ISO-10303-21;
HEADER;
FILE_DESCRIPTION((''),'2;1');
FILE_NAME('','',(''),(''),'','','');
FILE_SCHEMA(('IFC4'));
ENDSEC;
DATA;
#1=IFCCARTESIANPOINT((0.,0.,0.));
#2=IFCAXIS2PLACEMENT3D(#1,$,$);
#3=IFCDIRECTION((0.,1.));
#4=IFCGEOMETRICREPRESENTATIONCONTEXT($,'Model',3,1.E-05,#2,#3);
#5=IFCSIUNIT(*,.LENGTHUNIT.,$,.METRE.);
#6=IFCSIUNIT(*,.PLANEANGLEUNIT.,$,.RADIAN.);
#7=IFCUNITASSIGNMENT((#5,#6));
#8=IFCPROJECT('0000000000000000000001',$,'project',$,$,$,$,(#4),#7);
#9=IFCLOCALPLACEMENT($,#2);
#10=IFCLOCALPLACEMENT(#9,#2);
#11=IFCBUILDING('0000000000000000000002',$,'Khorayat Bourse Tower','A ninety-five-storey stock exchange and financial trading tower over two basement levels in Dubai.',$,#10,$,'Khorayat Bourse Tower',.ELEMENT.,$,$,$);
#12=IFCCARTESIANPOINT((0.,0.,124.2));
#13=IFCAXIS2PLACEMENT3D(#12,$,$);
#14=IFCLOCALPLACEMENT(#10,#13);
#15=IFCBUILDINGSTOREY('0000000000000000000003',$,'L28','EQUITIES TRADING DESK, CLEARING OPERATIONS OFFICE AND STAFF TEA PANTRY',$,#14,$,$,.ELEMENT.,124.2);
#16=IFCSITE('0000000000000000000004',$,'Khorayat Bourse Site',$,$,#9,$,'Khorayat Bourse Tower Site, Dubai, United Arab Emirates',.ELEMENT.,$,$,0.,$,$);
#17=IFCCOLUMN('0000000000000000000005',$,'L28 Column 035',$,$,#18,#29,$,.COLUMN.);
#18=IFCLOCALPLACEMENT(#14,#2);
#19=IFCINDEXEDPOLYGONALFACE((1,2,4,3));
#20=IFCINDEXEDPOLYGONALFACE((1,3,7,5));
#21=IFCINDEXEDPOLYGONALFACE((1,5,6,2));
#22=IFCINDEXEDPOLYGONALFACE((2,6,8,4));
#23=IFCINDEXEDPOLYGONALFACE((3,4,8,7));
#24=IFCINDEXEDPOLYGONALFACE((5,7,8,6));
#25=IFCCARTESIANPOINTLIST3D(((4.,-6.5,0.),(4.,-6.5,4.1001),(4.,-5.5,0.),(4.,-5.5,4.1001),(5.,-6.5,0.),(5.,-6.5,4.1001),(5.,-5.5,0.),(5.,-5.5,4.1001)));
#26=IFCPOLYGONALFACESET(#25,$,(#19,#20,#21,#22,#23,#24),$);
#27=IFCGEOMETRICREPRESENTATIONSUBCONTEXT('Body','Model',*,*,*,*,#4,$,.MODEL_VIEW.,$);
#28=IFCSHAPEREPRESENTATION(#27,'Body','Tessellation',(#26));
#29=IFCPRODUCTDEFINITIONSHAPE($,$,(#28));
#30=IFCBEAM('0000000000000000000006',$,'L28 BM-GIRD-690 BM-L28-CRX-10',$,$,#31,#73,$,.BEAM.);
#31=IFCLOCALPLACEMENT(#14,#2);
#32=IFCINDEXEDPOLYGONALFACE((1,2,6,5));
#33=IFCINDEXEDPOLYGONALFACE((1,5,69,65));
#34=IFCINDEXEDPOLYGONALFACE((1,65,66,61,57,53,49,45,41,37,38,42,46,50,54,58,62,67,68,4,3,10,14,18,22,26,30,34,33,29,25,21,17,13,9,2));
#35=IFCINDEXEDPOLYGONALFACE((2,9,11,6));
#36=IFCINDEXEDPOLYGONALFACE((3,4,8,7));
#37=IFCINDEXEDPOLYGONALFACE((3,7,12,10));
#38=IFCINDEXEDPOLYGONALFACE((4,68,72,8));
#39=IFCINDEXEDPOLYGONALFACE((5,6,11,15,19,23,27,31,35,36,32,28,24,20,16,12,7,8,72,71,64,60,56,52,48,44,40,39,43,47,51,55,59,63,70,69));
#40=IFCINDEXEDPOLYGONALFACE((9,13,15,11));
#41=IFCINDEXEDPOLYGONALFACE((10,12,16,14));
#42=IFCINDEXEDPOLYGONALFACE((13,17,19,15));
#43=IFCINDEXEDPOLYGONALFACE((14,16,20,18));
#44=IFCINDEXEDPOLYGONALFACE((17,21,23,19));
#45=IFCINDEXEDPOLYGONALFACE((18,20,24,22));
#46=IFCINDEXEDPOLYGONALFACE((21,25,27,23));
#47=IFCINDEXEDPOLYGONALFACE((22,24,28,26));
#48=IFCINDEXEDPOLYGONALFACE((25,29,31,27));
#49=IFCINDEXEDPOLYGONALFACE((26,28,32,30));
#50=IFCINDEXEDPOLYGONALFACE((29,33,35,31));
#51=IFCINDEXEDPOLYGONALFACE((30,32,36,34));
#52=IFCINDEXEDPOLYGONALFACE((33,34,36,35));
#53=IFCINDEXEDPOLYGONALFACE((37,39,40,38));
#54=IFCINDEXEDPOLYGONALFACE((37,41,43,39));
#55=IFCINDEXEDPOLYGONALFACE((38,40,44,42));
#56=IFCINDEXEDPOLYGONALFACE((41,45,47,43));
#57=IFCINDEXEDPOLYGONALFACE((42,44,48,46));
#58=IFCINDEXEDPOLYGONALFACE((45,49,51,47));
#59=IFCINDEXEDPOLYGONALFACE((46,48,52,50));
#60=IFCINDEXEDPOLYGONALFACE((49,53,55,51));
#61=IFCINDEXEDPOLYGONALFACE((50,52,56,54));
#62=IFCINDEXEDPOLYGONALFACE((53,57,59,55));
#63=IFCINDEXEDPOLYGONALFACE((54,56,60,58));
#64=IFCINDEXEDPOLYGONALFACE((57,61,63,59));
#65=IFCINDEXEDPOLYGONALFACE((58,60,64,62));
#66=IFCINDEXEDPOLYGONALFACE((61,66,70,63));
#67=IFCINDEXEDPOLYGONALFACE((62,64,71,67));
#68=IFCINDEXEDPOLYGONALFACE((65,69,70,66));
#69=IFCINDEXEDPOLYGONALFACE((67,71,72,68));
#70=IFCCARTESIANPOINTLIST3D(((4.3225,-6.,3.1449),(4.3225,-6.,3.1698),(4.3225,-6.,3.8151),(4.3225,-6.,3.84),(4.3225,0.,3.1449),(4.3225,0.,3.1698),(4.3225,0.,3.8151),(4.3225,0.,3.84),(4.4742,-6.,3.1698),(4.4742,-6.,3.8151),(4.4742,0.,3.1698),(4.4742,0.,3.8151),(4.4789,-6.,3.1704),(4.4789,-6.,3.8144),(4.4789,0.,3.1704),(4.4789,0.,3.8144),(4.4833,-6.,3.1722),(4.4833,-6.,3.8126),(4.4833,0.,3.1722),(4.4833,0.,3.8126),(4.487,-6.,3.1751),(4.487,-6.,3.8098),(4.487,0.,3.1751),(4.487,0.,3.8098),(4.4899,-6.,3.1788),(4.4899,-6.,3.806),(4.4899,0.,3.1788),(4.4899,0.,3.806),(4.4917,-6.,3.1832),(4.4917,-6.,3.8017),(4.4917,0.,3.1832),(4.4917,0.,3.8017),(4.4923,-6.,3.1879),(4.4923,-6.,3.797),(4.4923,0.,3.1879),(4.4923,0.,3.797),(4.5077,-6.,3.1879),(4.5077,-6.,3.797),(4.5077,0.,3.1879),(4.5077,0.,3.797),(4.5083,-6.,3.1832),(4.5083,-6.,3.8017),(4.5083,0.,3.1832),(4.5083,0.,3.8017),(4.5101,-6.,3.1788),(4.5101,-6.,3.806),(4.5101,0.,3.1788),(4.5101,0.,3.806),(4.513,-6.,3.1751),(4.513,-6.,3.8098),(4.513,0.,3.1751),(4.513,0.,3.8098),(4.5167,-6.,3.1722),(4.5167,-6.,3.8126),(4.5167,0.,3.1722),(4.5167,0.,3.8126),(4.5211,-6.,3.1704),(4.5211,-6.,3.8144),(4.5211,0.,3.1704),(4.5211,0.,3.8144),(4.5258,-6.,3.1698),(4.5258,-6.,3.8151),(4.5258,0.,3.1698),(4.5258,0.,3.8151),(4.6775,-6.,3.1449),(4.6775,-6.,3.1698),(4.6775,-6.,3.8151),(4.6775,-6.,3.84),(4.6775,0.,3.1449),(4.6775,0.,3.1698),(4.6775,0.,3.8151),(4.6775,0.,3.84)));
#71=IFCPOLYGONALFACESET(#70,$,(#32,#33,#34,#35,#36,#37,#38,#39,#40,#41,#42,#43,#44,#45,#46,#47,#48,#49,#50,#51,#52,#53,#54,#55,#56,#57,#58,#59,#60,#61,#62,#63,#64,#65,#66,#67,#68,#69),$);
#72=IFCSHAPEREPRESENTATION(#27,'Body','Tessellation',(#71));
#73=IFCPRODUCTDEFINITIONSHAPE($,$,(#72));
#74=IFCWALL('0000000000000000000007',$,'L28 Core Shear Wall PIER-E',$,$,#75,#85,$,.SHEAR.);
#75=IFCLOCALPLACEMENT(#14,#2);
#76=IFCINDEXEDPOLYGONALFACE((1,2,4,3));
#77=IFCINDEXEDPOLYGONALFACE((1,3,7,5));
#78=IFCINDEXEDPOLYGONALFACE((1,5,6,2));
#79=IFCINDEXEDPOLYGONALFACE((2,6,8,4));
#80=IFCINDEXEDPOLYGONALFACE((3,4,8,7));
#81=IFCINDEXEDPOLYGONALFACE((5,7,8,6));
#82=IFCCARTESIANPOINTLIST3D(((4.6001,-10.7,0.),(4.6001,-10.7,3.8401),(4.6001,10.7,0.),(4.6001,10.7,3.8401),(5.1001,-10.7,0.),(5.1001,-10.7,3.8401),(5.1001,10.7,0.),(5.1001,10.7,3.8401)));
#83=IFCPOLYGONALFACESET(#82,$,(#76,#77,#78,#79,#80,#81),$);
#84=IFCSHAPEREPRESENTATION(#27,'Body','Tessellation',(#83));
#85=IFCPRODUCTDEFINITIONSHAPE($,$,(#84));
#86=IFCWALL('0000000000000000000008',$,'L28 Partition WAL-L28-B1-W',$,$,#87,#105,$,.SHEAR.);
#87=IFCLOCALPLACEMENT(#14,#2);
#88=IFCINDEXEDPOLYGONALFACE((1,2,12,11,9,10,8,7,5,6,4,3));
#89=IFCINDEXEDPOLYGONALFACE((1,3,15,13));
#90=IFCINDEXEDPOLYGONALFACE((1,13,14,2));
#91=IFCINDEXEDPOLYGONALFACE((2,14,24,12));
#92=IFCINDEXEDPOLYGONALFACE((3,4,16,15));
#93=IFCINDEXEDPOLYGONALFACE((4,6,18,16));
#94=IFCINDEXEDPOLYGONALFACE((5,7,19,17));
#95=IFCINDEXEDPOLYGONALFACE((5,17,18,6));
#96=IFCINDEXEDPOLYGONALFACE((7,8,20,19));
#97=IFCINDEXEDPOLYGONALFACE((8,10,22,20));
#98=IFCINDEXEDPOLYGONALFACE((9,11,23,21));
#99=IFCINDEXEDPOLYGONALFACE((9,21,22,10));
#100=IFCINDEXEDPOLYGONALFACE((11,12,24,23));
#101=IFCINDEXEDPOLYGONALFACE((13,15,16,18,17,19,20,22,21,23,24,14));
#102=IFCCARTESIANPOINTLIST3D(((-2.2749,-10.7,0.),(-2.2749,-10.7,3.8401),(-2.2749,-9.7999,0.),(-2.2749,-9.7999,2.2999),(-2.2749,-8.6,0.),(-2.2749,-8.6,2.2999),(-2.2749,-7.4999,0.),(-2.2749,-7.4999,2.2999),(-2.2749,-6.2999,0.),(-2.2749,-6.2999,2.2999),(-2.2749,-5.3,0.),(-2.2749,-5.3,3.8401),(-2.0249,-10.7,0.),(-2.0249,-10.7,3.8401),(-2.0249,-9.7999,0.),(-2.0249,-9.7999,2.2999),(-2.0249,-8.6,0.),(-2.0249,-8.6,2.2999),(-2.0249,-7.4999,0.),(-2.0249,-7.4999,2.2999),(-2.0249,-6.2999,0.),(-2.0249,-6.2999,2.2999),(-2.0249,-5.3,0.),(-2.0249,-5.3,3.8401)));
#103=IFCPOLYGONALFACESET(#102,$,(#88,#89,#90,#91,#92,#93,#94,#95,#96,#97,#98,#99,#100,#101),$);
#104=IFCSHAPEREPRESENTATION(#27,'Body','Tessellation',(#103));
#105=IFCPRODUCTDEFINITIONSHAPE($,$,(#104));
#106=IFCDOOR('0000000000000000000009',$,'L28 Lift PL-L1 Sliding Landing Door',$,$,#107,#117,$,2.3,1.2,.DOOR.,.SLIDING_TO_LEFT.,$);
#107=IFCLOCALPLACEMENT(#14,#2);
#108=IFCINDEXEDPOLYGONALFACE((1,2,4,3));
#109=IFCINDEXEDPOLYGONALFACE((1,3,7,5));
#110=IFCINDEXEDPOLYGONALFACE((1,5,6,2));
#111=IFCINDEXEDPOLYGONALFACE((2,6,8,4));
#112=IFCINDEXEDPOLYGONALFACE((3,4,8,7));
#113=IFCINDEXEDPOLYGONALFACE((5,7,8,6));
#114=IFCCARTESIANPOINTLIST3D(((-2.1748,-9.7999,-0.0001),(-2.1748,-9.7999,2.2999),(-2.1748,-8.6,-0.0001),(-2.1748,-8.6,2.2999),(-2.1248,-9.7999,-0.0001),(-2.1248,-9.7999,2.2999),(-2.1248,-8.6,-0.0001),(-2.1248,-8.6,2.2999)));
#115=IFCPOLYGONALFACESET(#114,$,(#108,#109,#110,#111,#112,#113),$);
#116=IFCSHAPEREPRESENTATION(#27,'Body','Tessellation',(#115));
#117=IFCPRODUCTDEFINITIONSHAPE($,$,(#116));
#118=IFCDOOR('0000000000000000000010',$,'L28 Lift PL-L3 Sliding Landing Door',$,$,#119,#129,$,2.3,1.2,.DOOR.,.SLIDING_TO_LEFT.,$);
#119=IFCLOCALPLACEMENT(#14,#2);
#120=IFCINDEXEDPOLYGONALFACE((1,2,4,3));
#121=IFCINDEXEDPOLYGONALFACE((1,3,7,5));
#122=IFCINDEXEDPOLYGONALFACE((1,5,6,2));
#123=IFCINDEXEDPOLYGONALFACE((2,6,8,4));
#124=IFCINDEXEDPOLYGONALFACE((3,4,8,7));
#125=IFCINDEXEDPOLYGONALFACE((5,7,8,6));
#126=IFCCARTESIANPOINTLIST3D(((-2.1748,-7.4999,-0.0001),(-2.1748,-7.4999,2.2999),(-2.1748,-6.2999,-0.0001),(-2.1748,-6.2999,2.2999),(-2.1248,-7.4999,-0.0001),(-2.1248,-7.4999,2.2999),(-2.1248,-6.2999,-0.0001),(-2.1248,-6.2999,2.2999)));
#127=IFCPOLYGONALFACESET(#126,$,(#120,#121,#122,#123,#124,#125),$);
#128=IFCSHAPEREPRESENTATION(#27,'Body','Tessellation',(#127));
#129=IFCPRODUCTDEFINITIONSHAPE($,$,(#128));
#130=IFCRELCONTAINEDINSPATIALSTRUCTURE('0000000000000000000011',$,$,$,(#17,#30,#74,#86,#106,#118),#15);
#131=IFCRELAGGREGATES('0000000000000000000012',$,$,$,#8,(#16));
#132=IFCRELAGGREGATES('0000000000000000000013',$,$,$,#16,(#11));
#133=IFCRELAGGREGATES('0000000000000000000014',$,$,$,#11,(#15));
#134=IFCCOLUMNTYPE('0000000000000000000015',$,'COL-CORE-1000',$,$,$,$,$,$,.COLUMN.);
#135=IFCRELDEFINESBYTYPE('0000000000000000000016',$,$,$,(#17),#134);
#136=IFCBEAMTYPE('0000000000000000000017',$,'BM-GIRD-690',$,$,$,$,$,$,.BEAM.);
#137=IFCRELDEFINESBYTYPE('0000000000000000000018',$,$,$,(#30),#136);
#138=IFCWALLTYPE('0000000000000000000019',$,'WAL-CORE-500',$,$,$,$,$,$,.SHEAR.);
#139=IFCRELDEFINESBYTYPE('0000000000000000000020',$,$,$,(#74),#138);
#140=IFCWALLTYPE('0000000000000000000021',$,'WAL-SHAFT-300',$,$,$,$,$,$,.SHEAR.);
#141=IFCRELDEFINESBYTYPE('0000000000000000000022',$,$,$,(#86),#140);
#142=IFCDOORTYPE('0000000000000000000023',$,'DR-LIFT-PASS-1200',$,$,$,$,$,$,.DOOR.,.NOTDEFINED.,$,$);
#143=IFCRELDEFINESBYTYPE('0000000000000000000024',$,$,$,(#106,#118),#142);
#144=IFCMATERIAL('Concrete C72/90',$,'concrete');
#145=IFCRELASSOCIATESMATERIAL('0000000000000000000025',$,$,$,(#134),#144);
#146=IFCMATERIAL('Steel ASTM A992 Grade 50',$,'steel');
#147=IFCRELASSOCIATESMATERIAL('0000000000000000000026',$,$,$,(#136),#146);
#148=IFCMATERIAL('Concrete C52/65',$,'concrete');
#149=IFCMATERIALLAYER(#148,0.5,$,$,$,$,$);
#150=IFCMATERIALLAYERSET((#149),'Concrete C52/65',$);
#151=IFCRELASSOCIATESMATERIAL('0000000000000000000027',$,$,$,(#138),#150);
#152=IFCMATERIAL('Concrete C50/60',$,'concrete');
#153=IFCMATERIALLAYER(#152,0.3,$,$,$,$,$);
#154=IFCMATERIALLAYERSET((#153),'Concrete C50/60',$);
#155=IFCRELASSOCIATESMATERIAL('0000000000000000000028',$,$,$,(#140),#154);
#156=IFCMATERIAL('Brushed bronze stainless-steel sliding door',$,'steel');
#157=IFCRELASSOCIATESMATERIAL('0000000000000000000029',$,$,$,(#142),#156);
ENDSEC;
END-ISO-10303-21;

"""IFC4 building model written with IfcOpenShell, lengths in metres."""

from ifc_helpers import new_model, si_unit, direction, frame, frame_2d, origin, origin_2d, place, context, subcontext, project, spatial, rectangle, i_section, extrude, source, transform, mapped, material, layer, layer_set, material_profile, profile_set, type_object, element, fill, save


model = new_model("IFC4")

# Units and contexts
model_context = context("Model", 3, precision=1e-05, world=origin(), true_north=direction((0.0, 1.0)))
body_context = subcontext(model_context, "Body", "Model", "MODEL_VIEW")
ifc_project = project(units=[si_unit("LENGTHUNIT", "METRE"), si_unit("PLANEANGLEUNIT", "RADIAN")], contexts=[model_context])

# Site, building, storey
site_placement = place(None, origin())
site = spatial("IfcSite", under=ifc_project, at=site_placement, Name="Khorayat Bourse Site", LongName="Khorayat Bourse Tower Site, Dubai, United Arab Emirates", CompositionType="ELEMENT", RefElevation=0.0)
building_placement = place(site_placement, origin())
building = spatial("IfcBuilding", under=site, at=building_placement, Name="Khorayat Bourse Tower", Description="A ninety-five-storey stock exchange and financial trading tower over two basement levels in Dubai.", LongName="Khorayat Bourse Tower", CompositionType="ELEMENT")
storey_placement = place(building_placement, frame((0.0, 0.0, 124.2)))
storey = spatial("IfcBuildingStorey", under=building, at=storey_placement, Name="L28", Description="EQUITIES TRADING DESK, CLEARING OPERATIONS OFFICE AND STAFF TEA PANTRY", CompositionType="ELEMENT", Elevation=124.2)

# Column
ifc_material_1 = material(Name="Concrete C72/90", Category="concrete")
ifc_material_profile_1 = material_profile(ifc_material_1, rectangle(XDim=1.0, YDim=1.0, at=origin_2d()), Name="RC 1000x1000")
ifc_profile_set_1 = profile_set([ifc_material_profile_1], Name="Concrete C72/90")
column_type = type_object("IfcColumnType", Name="COL-CORE-1000", PredefinedType="COLUMN", material=ifc_profile_set_1)
shared_shape_1 = source(origin(), body_context, "Body", "SweptSolid", [
    extrude(rectangle(XDim=1.0, YDim=1.0, at=origin_2d()), origin(), (0.0, 0.0, 1.0), 4.1001),
])
column_placement = place(storey_placement, frame((4.5, -6.0, 0.0), z_axis=(0.0, 0.0, 1.0), x_axis=(1.0, 0.0, 0.0)))
element("IfcColumn", 1, at=column_placement, inside=storey, type_object=column_type, Name="L28 Column 035", PredefinedType="COLUMN", context=body_context, shape_type="MappedRepresentation", body=[
    mapped(shared_shape_1, transform((0.0, 0.0, 0.0), scale=1.0)),
])

# Beam
ifc_material_2 = material(Name="Steel ASTM A992 Grade 50", Category="steel")
ifc_material_profile_2 = material_profile(ifc_material_2, i_section(OverallWidth=0.355, OverallDepth=0.6951, WebThickness=0.0154, FlangeThickness=0.0249, FilletRadius=0.0181, at=origin_2d()), Name="W690X217")
ifc_profile_set_2 = profile_set([ifc_material_profile_2], Name="Steel ASTM A992 Grade 50")
beam_type = type_object("IfcBeamType", Name="BM-GIRD-690", PredefinedType="BEAM", material=ifc_profile_set_2)
shared_shape_2 = source(origin(), body_context, "Body", "SweptSolid", [
    extrude(i_section(OverallWidth=0.355, OverallDepth=0.6951, WebThickness=0.0154, FlangeThickness=0.0249, FilletRadius=0.0181, at=origin_2d()), origin(), (0.0, 0.0, 1.0), 6.0),
])
beam_placement = place(storey_placement, frame((4.5, -6.0, 3.4924), z_axis=(0.0, 1.0, 0.0), x_axis=(-1.0, 0.0, 0.0)))
element("IfcBeam", 2, at=beam_placement, inside=storey, type_object=beam_type, Name="L28 BM-GIRD-690 BM-L28-CRX-10", PredefinedType="BEAM", context=body_context, shape_type="MappedRepresentation", body=[
    mapped(shared_shape_2, transform((0.0, 0.0, 0.0), scale=1.0)),
])

# Wall
ifc_material_3 = material(Name="Concrete C52/65", Category="concrete")
ifc_layer_1 = layer(ifc_material_3, 0.5)
ifc_layer_set_1 = layer_set([ifc_layer_1], Name="Concrete C52/65")
wall_type_1 = type_object("IfcWallType", Name="WAL-CORE-500", PredefinedType="SHEAR", material=ifc_layer_set_1)
shared_shape_3 = source(origin(), body_context, "Body", "SweptSolid", [
    extrude(rectangle(XDim=21.3999, YDim=0.5, at=frame_2d((10.7, 0.0))), origin(), (0.0, 0.0, 1.0), 3.8401),
])
wall_1_placement = place(storey_placement, frame((4.8501, -10.7, 0.0), z_axis=(0.0, 0.0, 1.0), x_axis=(0.0, 1.0, 0.0)))
element("IfcWall", 3, at=wall_1_placement, inside=storey, type_object=wall_type_1, Name="L28 Core Shear Wall PIER-E", PredefinedType="SHEAR", context=body_context, shape_type="MappedRepresentation", body=[
    mapped(shared_shape_3, transform((0.0, 0.0, 0.0), scale=1.0)),
])

# Wall, openings, doors
ifc_material_4 = material(Name="Concrete C50/60", Category="concrete")
ifc_layer_2 = layer(ifc_material_4, 0.3)
ifc_layer_set_2 = layer_set([ifc_layer_2], Name="Concrete C50/60")
wall_type_2 = type_object("IfcWallType", Name="WAL-SHAFT-300", PredefinedType="SHEAR", material=ifc_layer_set_2)
shared_shape_4 = source(origin(), body_context, "Body", "SweptSolid", [
    extrude(rectangle(XDim=5.3999, YDim=0.25, at=frame_2d((2.7, 0.0))), origin(), (0.0, 0.0, 1.0), 3.8401),
])
wall_2_placement = place(storey_placement, frame((-2.1499, -10.7, 0.0), z_axis=(0.0, 0.0, 1.0), x_axis=(0.0, 1.0, 0.0)))
wall_2 = element("IfcWall", 4, at=wall_2_placement, inside=storey, type_object=wall_type_2, Name="L28 Partition WAL-L28-B1-W", PredefinedType="SHEAR", context=body_context, shape_type="MappedRepresentation", body=[
    mapped(shared_shape_4, transform((0.0, 0.0, 0.0), scale=1.0)),
])
shared_shape_5 = source(origin(), body_context, "Body", "SweptSolid", [
    extrude(rectangle(XDim=1.2, YDim=2.3, at=frame_2d((0.6001, 1.1499))), frame((0.0, 0.135, 0.0), z_axis=(0.0, -1.0, 0.0), x_axis=(1.0, 0.0, 0.0)), (0.0, 0.0, 1.0), 0.27),
])
opening_1_placement = place(wall_2_placement, frame((0.8999, 0.0, 0.0)))
opening_1 = element("IfcOpeningElement", 5, at=opening_1_placement, cuts=wall_2, PredefinedType="OPENING", context=body_context, shape_type="MappedRepresentation", body=[
    mapped(shared_shape_5, transform((0.0, 0.0, 0.0), scale=1.0)),
])
opening_2_placement = place(wall_2_placement, frame((3.2, 0.0, 0.0)))
opening_2 = element("IfcOpeningElement", 6, at=opening_2_placement, cuts=wall_2, PredefinedType="OPENING", context=body_context, shape_type="MappedRepresentation", body=[
    mapped(shared_shape_5, transform((0.0, 0.0, 0.0), scale=1.0)),
])
ifc_material_5 = material(Name="Brushed bronze stainless-steel sliding door", Category="steel")
door_type_1 = type_object("IfcDoorType", Name="DR-LIFT-PASS-1200", OperationType="NOTDEFINED", PredefinedType="DOOR", material=ifc_material_5)
shared_shape_6 = source(origin(), body_context, "Body", "SweptSolid", [
    extrude(rectangle(XDim=1.2, YDim=2.3, at=frame_2d((0.6001, 1.1499))), frame((0.0, 0.0249, 0.0), z_axis=(0.0, -1.0, 0.0), x_axis=(1.0, 0.0, 0.0)), (0.0, 0.0, 1.0), 0.05),
])
door_1_placement = place(opening_1_placement, origin())
door_1 = element("IfcDoor", 7, at=door_1_placement, inside=storey, type_object=door_type_1, Name="L28 Lift PL-L1 Sliding Landing Door", OperationType="SLIDING_TO_LEFT", OverallHeight=2.3, OverallWidth=1.2, PredefinedType="DOOR", context=body_context, shape_type="MappedRepresentation", body=[
    mapped(shared_shape_6, transform((0.0, 0.0, 0.0), scale=1.0)),
])
fill(opening_1, door_1)
door_2_placement = place(opening_2_placement, origin())
door_2 = element("IfcDoor", 8, at=door_2_placement, inside=storey, type_object=door_type_1, Name="L28 Lift PL-L3 Sliding Landing Door", OperationType="SLIDING_TO_LEFT", OverallHeight=2.3, OverallWidth=1.2, PredefinedType="DOOR", context=body_context, shape_type="MappedRepresentation", body=[
    mapped(shared_shape_6, transform((0.0, 0.0, 0.0), scale=1.0)),
])
fill(opening_2, door_2)

save(model, "model.ifc")
